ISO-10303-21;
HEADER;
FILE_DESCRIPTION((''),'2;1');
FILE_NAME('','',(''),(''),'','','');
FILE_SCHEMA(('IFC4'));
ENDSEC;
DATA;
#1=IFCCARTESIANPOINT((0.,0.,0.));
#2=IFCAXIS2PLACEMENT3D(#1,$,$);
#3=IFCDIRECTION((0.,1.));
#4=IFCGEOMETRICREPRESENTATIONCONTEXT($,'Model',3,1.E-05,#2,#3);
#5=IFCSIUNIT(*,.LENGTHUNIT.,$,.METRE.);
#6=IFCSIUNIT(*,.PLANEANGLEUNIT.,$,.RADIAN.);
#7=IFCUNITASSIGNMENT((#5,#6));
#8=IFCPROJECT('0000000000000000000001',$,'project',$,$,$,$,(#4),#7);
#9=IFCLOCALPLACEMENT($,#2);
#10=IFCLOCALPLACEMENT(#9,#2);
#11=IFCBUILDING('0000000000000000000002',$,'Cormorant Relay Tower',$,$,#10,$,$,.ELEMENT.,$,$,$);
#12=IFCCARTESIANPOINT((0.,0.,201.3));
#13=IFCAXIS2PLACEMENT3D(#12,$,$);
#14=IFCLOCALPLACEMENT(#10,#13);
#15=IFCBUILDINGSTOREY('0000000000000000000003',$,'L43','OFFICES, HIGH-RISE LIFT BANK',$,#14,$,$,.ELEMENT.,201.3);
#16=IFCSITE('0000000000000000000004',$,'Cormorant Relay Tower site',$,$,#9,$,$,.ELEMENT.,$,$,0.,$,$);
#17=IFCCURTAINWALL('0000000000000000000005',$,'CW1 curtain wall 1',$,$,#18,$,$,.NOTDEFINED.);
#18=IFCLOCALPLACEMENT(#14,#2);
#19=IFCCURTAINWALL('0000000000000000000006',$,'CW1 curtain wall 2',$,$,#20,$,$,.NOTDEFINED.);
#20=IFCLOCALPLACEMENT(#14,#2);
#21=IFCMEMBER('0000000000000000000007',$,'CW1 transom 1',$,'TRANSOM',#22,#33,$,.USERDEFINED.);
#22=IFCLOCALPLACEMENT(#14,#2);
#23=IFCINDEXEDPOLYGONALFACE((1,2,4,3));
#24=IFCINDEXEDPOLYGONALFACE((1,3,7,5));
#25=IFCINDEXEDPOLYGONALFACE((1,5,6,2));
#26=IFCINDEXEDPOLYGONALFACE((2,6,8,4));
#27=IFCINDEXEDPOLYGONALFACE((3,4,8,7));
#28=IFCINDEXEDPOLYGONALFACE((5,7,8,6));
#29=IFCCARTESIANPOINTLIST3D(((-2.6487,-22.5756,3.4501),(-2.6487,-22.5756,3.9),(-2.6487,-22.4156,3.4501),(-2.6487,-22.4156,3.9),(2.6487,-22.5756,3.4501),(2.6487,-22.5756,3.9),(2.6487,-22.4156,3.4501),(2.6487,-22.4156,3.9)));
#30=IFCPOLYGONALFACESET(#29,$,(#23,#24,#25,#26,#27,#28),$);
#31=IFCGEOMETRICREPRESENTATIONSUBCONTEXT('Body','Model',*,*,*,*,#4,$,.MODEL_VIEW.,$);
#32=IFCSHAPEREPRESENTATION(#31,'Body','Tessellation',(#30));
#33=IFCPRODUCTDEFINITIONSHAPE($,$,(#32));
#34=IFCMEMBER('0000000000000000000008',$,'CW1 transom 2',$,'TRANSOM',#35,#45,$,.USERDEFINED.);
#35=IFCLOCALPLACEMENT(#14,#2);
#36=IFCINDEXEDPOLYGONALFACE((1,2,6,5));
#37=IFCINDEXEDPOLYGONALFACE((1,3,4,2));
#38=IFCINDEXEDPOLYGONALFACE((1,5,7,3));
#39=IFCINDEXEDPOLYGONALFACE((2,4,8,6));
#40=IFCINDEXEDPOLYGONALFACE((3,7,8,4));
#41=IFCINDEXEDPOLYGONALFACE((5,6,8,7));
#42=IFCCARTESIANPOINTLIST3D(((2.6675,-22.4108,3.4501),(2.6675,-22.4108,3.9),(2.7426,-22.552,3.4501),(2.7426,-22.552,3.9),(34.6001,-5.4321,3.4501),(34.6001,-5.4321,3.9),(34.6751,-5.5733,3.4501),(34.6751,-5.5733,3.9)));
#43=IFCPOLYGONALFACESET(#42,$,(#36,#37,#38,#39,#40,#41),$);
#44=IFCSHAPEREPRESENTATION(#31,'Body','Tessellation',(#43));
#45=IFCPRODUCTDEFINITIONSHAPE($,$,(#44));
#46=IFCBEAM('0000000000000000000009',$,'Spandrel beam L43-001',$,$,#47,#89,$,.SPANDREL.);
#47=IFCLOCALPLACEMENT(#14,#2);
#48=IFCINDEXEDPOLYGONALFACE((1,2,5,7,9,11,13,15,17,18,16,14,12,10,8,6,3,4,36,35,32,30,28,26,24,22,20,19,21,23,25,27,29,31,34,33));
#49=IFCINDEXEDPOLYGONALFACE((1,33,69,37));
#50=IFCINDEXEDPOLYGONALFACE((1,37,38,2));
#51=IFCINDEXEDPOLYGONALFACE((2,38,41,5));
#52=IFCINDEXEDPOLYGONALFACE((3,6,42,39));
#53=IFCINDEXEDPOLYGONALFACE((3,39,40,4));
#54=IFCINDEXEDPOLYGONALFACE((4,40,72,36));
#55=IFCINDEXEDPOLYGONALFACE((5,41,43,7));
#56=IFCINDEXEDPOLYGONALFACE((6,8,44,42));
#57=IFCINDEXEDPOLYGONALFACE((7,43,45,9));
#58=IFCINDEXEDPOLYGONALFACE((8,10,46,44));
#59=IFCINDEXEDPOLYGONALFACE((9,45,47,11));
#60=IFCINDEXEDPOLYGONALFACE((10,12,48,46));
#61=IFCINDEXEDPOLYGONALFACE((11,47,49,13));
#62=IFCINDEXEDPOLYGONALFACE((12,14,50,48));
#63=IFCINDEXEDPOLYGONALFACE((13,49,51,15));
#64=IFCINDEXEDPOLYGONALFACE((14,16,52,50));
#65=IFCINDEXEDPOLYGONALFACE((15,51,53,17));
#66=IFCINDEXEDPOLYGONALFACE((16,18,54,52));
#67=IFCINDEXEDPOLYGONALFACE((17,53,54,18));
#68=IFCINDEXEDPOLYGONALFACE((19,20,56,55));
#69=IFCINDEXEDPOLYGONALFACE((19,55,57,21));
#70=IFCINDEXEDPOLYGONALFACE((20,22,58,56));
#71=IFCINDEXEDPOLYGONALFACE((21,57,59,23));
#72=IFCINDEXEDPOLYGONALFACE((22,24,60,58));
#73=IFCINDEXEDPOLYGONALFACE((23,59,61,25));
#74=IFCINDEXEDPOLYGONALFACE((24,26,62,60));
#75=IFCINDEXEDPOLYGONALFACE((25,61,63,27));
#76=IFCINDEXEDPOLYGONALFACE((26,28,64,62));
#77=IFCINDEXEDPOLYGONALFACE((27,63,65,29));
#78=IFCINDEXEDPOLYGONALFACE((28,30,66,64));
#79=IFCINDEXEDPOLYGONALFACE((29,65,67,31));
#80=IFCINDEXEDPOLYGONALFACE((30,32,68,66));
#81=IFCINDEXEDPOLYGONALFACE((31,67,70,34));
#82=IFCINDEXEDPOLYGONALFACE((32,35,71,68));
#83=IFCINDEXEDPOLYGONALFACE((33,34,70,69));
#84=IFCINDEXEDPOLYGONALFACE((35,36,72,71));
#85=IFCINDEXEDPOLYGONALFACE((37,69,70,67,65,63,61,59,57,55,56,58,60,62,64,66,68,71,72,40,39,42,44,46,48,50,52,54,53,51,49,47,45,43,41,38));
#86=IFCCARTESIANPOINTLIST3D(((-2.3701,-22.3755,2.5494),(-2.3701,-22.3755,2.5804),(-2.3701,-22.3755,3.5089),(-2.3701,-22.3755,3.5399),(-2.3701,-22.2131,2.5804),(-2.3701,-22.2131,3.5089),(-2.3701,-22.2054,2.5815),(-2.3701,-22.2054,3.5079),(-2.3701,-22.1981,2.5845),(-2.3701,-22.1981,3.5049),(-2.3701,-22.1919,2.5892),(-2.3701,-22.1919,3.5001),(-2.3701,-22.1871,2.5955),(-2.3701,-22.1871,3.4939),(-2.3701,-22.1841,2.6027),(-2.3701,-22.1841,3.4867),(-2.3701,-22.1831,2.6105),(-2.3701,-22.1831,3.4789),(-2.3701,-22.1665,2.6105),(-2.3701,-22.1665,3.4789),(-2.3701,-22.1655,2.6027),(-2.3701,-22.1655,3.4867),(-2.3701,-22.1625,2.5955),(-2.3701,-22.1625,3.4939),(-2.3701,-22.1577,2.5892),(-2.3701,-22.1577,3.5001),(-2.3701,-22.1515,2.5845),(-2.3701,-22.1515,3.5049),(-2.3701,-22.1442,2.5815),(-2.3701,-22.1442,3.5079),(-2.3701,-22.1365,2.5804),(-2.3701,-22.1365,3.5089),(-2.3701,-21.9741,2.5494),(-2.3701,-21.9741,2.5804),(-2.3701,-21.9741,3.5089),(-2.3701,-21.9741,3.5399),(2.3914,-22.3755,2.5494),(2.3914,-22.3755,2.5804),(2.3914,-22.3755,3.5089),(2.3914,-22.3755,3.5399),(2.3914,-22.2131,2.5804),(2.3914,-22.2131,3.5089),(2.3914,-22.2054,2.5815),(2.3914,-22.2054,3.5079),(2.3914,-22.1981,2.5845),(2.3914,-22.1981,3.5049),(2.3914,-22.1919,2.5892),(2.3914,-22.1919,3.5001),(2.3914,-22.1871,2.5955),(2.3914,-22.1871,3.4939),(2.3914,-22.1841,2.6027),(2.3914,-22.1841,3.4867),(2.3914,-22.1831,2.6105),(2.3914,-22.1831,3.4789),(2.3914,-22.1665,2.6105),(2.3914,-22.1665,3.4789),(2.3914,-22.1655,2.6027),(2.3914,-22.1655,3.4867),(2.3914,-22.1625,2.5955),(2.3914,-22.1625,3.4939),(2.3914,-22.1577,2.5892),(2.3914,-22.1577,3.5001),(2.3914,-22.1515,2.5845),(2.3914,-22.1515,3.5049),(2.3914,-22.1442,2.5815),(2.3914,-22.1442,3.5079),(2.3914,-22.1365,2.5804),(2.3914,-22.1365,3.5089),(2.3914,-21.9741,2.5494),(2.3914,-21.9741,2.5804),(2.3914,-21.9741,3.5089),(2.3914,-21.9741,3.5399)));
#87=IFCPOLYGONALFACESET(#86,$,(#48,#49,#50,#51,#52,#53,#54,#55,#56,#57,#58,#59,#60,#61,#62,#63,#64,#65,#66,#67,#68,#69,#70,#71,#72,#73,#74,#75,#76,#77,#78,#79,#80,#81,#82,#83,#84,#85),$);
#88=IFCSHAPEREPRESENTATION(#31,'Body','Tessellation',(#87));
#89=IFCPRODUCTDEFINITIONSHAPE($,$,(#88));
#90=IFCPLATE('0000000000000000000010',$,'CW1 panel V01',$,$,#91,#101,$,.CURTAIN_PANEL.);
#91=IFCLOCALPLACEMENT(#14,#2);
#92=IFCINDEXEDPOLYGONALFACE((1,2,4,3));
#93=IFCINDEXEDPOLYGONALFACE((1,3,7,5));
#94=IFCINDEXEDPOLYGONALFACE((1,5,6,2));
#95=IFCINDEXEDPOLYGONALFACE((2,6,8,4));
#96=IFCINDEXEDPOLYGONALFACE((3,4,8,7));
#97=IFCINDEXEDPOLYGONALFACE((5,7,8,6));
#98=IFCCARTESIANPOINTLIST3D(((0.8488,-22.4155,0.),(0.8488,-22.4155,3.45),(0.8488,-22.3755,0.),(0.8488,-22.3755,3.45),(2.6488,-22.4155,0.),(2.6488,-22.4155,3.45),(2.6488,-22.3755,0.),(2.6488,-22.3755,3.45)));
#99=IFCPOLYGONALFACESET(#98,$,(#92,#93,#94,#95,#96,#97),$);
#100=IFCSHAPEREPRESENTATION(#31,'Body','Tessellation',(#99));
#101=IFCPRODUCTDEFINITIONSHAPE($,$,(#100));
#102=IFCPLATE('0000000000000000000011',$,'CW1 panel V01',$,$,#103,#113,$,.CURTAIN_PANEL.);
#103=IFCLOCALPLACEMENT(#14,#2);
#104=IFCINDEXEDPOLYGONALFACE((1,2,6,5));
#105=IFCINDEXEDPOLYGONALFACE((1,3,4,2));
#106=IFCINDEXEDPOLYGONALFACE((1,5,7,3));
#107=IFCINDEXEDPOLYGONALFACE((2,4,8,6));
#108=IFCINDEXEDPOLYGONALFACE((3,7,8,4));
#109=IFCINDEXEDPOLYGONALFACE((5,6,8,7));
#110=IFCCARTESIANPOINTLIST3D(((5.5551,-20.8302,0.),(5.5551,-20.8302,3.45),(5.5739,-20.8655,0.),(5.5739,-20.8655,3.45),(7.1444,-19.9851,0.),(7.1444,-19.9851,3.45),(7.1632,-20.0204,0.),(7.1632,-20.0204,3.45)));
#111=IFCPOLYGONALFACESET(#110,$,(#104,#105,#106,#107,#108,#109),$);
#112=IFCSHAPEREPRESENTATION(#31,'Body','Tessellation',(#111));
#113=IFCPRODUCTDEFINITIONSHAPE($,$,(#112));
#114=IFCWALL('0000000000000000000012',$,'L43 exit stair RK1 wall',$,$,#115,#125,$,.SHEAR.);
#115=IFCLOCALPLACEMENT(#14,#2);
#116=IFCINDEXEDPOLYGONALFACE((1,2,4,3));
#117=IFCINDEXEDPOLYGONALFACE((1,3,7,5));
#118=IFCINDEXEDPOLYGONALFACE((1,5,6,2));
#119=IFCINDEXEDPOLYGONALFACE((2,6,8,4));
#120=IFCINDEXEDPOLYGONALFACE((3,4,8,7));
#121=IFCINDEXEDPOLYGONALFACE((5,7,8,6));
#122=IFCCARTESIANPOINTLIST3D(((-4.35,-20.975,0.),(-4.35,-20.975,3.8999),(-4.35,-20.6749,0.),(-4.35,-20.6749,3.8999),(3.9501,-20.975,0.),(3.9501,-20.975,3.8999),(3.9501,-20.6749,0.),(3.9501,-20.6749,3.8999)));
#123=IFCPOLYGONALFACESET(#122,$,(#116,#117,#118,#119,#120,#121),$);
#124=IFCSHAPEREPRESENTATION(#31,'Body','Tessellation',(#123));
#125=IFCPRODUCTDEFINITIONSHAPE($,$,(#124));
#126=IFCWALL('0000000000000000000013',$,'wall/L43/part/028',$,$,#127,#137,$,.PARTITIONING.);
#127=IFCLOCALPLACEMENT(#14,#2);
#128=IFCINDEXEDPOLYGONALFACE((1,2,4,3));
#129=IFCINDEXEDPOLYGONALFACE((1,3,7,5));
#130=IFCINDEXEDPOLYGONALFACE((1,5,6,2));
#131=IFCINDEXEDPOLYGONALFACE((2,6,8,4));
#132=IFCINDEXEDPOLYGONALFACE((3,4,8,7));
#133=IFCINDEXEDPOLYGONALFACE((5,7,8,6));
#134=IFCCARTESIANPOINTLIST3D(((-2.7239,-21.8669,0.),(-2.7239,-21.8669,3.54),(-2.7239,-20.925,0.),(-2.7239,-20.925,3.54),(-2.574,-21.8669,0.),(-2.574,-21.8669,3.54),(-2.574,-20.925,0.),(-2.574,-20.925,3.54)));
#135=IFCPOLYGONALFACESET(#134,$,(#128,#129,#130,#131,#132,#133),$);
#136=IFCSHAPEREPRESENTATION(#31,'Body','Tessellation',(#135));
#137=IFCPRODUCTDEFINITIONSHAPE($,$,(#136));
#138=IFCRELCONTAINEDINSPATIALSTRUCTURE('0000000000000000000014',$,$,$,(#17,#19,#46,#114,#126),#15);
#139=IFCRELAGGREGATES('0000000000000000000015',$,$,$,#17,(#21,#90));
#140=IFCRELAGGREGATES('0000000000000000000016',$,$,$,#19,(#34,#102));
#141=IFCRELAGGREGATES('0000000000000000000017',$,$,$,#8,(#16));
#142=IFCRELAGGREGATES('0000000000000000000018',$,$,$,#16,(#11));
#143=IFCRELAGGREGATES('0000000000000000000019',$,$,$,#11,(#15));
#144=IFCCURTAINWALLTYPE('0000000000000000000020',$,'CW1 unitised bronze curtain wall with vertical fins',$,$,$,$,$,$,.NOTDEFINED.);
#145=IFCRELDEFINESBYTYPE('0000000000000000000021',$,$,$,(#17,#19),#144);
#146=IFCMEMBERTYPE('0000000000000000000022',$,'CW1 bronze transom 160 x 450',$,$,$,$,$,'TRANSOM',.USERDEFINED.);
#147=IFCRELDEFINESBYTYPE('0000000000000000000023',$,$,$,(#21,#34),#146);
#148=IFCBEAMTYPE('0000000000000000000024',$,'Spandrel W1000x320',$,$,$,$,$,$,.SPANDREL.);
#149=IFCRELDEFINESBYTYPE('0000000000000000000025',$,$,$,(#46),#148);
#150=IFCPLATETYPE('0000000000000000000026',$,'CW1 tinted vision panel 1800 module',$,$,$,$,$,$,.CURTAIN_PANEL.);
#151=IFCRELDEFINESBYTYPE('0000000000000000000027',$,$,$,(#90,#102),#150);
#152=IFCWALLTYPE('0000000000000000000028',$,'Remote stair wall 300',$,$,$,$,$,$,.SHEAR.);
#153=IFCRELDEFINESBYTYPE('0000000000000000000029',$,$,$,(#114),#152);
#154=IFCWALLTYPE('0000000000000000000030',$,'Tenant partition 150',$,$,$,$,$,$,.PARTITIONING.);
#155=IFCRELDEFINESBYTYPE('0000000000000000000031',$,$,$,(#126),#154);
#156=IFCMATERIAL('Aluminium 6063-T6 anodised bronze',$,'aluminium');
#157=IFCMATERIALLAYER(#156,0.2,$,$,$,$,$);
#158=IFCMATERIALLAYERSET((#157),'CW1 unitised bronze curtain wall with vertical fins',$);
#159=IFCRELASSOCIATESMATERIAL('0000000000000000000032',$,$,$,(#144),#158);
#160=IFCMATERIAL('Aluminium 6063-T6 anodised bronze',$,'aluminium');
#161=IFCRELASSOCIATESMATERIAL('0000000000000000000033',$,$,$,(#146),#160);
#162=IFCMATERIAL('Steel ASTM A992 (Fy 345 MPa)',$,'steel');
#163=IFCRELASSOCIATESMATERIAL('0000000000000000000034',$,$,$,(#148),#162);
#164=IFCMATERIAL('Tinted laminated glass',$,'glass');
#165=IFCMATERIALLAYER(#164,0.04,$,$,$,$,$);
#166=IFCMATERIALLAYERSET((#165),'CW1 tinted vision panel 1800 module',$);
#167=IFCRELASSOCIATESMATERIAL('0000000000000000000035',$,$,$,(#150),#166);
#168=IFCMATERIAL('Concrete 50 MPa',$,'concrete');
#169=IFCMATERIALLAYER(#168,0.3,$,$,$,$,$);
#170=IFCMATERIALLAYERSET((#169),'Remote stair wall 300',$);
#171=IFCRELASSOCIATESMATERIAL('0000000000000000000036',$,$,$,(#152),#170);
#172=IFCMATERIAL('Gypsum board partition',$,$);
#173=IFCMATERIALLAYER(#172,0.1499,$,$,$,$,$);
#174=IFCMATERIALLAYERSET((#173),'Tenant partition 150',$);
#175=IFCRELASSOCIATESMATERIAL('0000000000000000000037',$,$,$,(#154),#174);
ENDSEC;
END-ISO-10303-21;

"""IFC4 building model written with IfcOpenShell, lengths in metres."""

from ifc_helpers import new_model, si_unit, direction, frame, frame_2d, origin, origin_2d, place, context, subcontext, project, spatial, rectangle, i_section, extrude, material, layer, layer_set, material_profile, profile_set, type_object, element, aggregate, save


model = new_model("IFC4")

# Units and contexts
model_context = context("Model", 3, precision=1e-05, world=origin(), true_north=direction((0.0, 1.0)))
body_context = subcontext(model_context, "Body", "Model", "MODEL_VIEW")
ifc_project = project(units=[si_unit("LENGTHUNIT", "METRE"), si_unit("PLANEANGLEUNIT", "RADIAN")], contexts=[model_context])

# Site, building, storey
site_placement = place(None, origin())
site = spatial("IfcSite", under=ifc_project, at=site_placement, Name="Cormorant Relay Tower site", CompositionType="ELEMENT", RefElevation=0.0)
building_placement = place(site_placement, origin())
building = spatial("IfcBuilding", under=site, at=building_placement, Name="Cormorant Relay Tower", CompositionType="ELEMENT")
storey_placement = place(building_placement, frame((0.0, 0.0, 201.3)))
storey = spatial("IfcBuildingStorey", under=building, at=storey_placement, Name="L43", Description="OFFICES, HIGH-RISE LIFT BANK", CompositionType="ELEMENT", Elevation=201.3)

# Curtain wall
ifc_material_1 = material(Name="Aluminium 6063-T6 anodised bronze", Category="aluminium")
ifc_layer_1 = layer(ifc_material_1, 0.2)
ifc_layer_set_1 = layer_set([ifc_layer_1], Name="CW1 unitised bronze curtain wall with vertical fins")
curtain_wall_type = type_object("IfcCurtainWallType", Name="CW1 unitised bronze curtain wall with vertical fins", PredefinedType="NOTDEFINED", material=ifc_layer_set_1)
curtain_wall_1_placement = place(storey_placement, origin())
curtain_wall_1 = element("IfcCurtainWall", 1, at=curtain_wall_1_placement, inside=storey, type_object=curtain_wall_type, Name="CW1 curtain wall 1", PredefinedType="NOTDEFINED")

# Curtain wall
curtain_wall_2_placement = place(storey_placement, origin())
curtain_wall_2 = element("IfcCurtainWall", 2, at=curtain_wall_2_placement, inside=storey, type_object=curtain_wall_type, Name="CW1 curtain wall 2", PredefinedType="NOTDEFINED")

# Members
ifc_material_2 = material(Name="Aluminium 6063-T6 anodised bronze", Category="aluminium")
ifc_material_profile_1 = material_profile(ifc_material_2, rectangle(XDim=0.1599, YDim=0.45, at=origin_2d()), Name="AL 160x450")
ifc_profile_set_1 = profile_set([ifc_material_profile_1], Name="Aluminium 6063-T6 anodised bronze")
member_type_1 = type_object("IfcMemberType", Name="CW1 bronze transom 160 x 450", ElementType="TRANSOM", PredefinedType="USERDEFINED", material=ifc_profile_set_1)
member_1_placement = place(storey_placement, frame((-2.6487, -22.4956, 3.675), z_axis=(1.0, 0.0, 0.0), x_axis=(0.0, 1.0, 0.0)))
member_1 = element("IfcMember", 3, at=member_1_placement, type_object=member_type_1, Name="CW1 transom 1", ObjectType="TRANSOM", PredefinedType="USERDEFINED", context=body_context, shape_type="SweptSolid", body=[
    extrude(rectangle(XDim=0.1599, YDim=0.45, at=origin_2d()), origin(), (0.0, 0.0, 1.0), 5.2974),
])
member_2_placement = place(storey_placement, frame((2.7051, -22.4814, 3.675), z_axis=(0.882949, 0.469469, 0.0), x_axis=(-0.469469, 0.882949, 0.0)))
member_2 = element("IfcMember", 4, at=member_2_placement, type_object=member_type_1, Name="CW1 transom 2", ObjectType="TRANSOM", PredefinedType="USERDEFINED", context=body_context, shape_type="SweptSolid", body=[
    extrude(rectangle(XDim=0.1599, YDim=0.45, at=origin_2d()), origin(), (0.0, 0.0, 1.0), 36.1658),
])

# Beam
ifc_material_3 = material(Name="Steel ASTM A992 (Fy 345 MPa)", Category="steel")
ifc_material_profile_2 = material_profile(ifc_material_3, i_section(OverallWidth=0.4014, OverallDepth=0.9905, WebThickness=0.0166, FlangeThickness=0.031, FilletRadius=0.03, at=origin_2d()), Name="W1000x320")
ifc_profile_set_2 = profile_set([ifc_material_profile_2], Name="Steel ASTM A992 (Fy 345 MPa)")
beam_type = type_object("IfcBeamType", Name="Spandrel W1000x320", PredefinedType="SPANDREL", material=ifc_profile_set_2)
beam_placement = place(storey_placement, frame((-2.3701, -22.1748, 3.0447), z_axis=(1.0, 0.0, 0.0), x_axis=(0.0, 1.0, 0.0)))
element("IfcBeam", 5, at=beam_placement, inside=storey, type_object=beam_type, Name="Spandrel beam L43-001", PredefinedType="SPANDREL", context=body_context, shape_type="SweptSolid", body=[
    extrude(i_section(OverallWidth=0.4014, OverallDepth=0.9905, WebThickness=0.0166, FlangeThickness=0.031, FilletRadius=0.03, at=origin_2d()), origin(), (0.0, 0.0, 1.0), 4.7615),
])

# Plates
ifc_material_4 = material(Name="Tinted laminated glass", Category="glass")
ifc_layer_2 = layer(ifc_material_4, 0.04)
ifc_layer_set_2 = layer_set([ifc_layer_2], Name="CW1 tinted vision panel 1800 module")
plate_type = type_object("IfcPlateType", Name="CW1 tinted vision panel 1800 module", PredefinedType="CURTAIN_PANEL", material=ifc_layer_set_2)
plate_1_placement = place(storey_placement, frame((1.7488, -22.3955, 0.0), z_axis=(0.0, 0.0, 1.0), x_axis=(1.0, 0.0, 0.0)))
plate_1 = element("IfcPlate", 6, at=plate_1_placement, type_object=plate_type, Name="CW1 panel V01", PredefinedType="CURTAIN_PANEL", context=body_context, shape_type="SweptSolid", body=[
    extrude(rectangle(XDim=1.8, YDim=0.04, at=origin_2d()), origin(), (0.0, 0.0, 1.0), 3.45),
])
plate_2_placement = place(storey_placement, frame((6.3591, -20.4253, 0.0), z_axis=(0.0, 0.0, 1.0), x_axis=(0.882948, 0.469472, 0.0)))
plate_2 = element("IfcPlate", 7, at=plate_2_placement, type_object=plate_type, Name="CW1 panel V01", PredefinedType="CURTAIN_PANEL", context=body_context, shape_type="SweptSolid", body=[
    extrude(rectangle(XDim=1.8, YDim=0.04, at=origin_2d()), origin(), (0.0, 0.0, 1.0), 3.45),
])

# Walls
ifc_material_5 = material(Name="Concrete 50 MPa", Category="concrete")
ifc_layer_3 = layer(ifc_material_5, 0.3)
ifc_layer_set_3 = layer_set([ifc_layer_3], Name="Remote stair wall 300")
wall_type_1 = type_object("IfcWallType", Name="Remote stair wall 300", PredefinedType="SHEAR", material=ifc_layer_set_3)
wall_1_placement = place(storey_placement, frame((3.95, -20.825, 0.0), z_axis=(0.0, 0.0, 1.0), x_axis=(-1.0, 0.0, 0.0)))
element("IfcWall", 8, at=wall_1_placement, inside=storey, type_object=wall_type_1, Name="L43 exit stair RK1 wall", PredefinedType="SHEAR", context=body_context, shape_type="SweptSolid", body=[
    extrude(rectangle(XDim=8.3, YDim=0.3, at=frame_2d((4.1499, 0.0))), origin(), (0.0, 0.0, 1.0), 3.8999),
])
ifc_material_6 = material(Name="Gypsum board partition")
ifc_layer_4 = layer(ifc_material_6, 0.1499)
ifc_layer_set_4 = layer_set([ifc_layer_4], Name="Tenant partition 150")
wall_type_2 = type_object("IfcWallType", Name="Tenant partition 150", PredefinedType="PARTITIONING", material=ifc_layer_set_4)
wall_2_placement = place(storey_placement, frame((-2.6489, -20.925, 0.0), z_axis=(0.0, 0.0, 1.0), x_axis=(0.0, -1.0, 0.0)))
element("IfcWall", 9, at=wall_2_placement, inside=storey, type_object=wall_type_2, Name="wall/L43/part/028", PredefinedType="PARTITIONING", context=body_context, shape_type="SweptSolid", body=[
    extrude(rectangle(XDim=0.9419, YDim=0.1499, at=frame_2d((0.4709, 0.0))), origin(), (0.0, 0.0, 1.0), 3.54),
])

aggregate(curtain_wall_1, [member_1, plate_1])
aggregate(curtain_wall_2, [member_2, plate_2])

save(model, "model.ifc")
